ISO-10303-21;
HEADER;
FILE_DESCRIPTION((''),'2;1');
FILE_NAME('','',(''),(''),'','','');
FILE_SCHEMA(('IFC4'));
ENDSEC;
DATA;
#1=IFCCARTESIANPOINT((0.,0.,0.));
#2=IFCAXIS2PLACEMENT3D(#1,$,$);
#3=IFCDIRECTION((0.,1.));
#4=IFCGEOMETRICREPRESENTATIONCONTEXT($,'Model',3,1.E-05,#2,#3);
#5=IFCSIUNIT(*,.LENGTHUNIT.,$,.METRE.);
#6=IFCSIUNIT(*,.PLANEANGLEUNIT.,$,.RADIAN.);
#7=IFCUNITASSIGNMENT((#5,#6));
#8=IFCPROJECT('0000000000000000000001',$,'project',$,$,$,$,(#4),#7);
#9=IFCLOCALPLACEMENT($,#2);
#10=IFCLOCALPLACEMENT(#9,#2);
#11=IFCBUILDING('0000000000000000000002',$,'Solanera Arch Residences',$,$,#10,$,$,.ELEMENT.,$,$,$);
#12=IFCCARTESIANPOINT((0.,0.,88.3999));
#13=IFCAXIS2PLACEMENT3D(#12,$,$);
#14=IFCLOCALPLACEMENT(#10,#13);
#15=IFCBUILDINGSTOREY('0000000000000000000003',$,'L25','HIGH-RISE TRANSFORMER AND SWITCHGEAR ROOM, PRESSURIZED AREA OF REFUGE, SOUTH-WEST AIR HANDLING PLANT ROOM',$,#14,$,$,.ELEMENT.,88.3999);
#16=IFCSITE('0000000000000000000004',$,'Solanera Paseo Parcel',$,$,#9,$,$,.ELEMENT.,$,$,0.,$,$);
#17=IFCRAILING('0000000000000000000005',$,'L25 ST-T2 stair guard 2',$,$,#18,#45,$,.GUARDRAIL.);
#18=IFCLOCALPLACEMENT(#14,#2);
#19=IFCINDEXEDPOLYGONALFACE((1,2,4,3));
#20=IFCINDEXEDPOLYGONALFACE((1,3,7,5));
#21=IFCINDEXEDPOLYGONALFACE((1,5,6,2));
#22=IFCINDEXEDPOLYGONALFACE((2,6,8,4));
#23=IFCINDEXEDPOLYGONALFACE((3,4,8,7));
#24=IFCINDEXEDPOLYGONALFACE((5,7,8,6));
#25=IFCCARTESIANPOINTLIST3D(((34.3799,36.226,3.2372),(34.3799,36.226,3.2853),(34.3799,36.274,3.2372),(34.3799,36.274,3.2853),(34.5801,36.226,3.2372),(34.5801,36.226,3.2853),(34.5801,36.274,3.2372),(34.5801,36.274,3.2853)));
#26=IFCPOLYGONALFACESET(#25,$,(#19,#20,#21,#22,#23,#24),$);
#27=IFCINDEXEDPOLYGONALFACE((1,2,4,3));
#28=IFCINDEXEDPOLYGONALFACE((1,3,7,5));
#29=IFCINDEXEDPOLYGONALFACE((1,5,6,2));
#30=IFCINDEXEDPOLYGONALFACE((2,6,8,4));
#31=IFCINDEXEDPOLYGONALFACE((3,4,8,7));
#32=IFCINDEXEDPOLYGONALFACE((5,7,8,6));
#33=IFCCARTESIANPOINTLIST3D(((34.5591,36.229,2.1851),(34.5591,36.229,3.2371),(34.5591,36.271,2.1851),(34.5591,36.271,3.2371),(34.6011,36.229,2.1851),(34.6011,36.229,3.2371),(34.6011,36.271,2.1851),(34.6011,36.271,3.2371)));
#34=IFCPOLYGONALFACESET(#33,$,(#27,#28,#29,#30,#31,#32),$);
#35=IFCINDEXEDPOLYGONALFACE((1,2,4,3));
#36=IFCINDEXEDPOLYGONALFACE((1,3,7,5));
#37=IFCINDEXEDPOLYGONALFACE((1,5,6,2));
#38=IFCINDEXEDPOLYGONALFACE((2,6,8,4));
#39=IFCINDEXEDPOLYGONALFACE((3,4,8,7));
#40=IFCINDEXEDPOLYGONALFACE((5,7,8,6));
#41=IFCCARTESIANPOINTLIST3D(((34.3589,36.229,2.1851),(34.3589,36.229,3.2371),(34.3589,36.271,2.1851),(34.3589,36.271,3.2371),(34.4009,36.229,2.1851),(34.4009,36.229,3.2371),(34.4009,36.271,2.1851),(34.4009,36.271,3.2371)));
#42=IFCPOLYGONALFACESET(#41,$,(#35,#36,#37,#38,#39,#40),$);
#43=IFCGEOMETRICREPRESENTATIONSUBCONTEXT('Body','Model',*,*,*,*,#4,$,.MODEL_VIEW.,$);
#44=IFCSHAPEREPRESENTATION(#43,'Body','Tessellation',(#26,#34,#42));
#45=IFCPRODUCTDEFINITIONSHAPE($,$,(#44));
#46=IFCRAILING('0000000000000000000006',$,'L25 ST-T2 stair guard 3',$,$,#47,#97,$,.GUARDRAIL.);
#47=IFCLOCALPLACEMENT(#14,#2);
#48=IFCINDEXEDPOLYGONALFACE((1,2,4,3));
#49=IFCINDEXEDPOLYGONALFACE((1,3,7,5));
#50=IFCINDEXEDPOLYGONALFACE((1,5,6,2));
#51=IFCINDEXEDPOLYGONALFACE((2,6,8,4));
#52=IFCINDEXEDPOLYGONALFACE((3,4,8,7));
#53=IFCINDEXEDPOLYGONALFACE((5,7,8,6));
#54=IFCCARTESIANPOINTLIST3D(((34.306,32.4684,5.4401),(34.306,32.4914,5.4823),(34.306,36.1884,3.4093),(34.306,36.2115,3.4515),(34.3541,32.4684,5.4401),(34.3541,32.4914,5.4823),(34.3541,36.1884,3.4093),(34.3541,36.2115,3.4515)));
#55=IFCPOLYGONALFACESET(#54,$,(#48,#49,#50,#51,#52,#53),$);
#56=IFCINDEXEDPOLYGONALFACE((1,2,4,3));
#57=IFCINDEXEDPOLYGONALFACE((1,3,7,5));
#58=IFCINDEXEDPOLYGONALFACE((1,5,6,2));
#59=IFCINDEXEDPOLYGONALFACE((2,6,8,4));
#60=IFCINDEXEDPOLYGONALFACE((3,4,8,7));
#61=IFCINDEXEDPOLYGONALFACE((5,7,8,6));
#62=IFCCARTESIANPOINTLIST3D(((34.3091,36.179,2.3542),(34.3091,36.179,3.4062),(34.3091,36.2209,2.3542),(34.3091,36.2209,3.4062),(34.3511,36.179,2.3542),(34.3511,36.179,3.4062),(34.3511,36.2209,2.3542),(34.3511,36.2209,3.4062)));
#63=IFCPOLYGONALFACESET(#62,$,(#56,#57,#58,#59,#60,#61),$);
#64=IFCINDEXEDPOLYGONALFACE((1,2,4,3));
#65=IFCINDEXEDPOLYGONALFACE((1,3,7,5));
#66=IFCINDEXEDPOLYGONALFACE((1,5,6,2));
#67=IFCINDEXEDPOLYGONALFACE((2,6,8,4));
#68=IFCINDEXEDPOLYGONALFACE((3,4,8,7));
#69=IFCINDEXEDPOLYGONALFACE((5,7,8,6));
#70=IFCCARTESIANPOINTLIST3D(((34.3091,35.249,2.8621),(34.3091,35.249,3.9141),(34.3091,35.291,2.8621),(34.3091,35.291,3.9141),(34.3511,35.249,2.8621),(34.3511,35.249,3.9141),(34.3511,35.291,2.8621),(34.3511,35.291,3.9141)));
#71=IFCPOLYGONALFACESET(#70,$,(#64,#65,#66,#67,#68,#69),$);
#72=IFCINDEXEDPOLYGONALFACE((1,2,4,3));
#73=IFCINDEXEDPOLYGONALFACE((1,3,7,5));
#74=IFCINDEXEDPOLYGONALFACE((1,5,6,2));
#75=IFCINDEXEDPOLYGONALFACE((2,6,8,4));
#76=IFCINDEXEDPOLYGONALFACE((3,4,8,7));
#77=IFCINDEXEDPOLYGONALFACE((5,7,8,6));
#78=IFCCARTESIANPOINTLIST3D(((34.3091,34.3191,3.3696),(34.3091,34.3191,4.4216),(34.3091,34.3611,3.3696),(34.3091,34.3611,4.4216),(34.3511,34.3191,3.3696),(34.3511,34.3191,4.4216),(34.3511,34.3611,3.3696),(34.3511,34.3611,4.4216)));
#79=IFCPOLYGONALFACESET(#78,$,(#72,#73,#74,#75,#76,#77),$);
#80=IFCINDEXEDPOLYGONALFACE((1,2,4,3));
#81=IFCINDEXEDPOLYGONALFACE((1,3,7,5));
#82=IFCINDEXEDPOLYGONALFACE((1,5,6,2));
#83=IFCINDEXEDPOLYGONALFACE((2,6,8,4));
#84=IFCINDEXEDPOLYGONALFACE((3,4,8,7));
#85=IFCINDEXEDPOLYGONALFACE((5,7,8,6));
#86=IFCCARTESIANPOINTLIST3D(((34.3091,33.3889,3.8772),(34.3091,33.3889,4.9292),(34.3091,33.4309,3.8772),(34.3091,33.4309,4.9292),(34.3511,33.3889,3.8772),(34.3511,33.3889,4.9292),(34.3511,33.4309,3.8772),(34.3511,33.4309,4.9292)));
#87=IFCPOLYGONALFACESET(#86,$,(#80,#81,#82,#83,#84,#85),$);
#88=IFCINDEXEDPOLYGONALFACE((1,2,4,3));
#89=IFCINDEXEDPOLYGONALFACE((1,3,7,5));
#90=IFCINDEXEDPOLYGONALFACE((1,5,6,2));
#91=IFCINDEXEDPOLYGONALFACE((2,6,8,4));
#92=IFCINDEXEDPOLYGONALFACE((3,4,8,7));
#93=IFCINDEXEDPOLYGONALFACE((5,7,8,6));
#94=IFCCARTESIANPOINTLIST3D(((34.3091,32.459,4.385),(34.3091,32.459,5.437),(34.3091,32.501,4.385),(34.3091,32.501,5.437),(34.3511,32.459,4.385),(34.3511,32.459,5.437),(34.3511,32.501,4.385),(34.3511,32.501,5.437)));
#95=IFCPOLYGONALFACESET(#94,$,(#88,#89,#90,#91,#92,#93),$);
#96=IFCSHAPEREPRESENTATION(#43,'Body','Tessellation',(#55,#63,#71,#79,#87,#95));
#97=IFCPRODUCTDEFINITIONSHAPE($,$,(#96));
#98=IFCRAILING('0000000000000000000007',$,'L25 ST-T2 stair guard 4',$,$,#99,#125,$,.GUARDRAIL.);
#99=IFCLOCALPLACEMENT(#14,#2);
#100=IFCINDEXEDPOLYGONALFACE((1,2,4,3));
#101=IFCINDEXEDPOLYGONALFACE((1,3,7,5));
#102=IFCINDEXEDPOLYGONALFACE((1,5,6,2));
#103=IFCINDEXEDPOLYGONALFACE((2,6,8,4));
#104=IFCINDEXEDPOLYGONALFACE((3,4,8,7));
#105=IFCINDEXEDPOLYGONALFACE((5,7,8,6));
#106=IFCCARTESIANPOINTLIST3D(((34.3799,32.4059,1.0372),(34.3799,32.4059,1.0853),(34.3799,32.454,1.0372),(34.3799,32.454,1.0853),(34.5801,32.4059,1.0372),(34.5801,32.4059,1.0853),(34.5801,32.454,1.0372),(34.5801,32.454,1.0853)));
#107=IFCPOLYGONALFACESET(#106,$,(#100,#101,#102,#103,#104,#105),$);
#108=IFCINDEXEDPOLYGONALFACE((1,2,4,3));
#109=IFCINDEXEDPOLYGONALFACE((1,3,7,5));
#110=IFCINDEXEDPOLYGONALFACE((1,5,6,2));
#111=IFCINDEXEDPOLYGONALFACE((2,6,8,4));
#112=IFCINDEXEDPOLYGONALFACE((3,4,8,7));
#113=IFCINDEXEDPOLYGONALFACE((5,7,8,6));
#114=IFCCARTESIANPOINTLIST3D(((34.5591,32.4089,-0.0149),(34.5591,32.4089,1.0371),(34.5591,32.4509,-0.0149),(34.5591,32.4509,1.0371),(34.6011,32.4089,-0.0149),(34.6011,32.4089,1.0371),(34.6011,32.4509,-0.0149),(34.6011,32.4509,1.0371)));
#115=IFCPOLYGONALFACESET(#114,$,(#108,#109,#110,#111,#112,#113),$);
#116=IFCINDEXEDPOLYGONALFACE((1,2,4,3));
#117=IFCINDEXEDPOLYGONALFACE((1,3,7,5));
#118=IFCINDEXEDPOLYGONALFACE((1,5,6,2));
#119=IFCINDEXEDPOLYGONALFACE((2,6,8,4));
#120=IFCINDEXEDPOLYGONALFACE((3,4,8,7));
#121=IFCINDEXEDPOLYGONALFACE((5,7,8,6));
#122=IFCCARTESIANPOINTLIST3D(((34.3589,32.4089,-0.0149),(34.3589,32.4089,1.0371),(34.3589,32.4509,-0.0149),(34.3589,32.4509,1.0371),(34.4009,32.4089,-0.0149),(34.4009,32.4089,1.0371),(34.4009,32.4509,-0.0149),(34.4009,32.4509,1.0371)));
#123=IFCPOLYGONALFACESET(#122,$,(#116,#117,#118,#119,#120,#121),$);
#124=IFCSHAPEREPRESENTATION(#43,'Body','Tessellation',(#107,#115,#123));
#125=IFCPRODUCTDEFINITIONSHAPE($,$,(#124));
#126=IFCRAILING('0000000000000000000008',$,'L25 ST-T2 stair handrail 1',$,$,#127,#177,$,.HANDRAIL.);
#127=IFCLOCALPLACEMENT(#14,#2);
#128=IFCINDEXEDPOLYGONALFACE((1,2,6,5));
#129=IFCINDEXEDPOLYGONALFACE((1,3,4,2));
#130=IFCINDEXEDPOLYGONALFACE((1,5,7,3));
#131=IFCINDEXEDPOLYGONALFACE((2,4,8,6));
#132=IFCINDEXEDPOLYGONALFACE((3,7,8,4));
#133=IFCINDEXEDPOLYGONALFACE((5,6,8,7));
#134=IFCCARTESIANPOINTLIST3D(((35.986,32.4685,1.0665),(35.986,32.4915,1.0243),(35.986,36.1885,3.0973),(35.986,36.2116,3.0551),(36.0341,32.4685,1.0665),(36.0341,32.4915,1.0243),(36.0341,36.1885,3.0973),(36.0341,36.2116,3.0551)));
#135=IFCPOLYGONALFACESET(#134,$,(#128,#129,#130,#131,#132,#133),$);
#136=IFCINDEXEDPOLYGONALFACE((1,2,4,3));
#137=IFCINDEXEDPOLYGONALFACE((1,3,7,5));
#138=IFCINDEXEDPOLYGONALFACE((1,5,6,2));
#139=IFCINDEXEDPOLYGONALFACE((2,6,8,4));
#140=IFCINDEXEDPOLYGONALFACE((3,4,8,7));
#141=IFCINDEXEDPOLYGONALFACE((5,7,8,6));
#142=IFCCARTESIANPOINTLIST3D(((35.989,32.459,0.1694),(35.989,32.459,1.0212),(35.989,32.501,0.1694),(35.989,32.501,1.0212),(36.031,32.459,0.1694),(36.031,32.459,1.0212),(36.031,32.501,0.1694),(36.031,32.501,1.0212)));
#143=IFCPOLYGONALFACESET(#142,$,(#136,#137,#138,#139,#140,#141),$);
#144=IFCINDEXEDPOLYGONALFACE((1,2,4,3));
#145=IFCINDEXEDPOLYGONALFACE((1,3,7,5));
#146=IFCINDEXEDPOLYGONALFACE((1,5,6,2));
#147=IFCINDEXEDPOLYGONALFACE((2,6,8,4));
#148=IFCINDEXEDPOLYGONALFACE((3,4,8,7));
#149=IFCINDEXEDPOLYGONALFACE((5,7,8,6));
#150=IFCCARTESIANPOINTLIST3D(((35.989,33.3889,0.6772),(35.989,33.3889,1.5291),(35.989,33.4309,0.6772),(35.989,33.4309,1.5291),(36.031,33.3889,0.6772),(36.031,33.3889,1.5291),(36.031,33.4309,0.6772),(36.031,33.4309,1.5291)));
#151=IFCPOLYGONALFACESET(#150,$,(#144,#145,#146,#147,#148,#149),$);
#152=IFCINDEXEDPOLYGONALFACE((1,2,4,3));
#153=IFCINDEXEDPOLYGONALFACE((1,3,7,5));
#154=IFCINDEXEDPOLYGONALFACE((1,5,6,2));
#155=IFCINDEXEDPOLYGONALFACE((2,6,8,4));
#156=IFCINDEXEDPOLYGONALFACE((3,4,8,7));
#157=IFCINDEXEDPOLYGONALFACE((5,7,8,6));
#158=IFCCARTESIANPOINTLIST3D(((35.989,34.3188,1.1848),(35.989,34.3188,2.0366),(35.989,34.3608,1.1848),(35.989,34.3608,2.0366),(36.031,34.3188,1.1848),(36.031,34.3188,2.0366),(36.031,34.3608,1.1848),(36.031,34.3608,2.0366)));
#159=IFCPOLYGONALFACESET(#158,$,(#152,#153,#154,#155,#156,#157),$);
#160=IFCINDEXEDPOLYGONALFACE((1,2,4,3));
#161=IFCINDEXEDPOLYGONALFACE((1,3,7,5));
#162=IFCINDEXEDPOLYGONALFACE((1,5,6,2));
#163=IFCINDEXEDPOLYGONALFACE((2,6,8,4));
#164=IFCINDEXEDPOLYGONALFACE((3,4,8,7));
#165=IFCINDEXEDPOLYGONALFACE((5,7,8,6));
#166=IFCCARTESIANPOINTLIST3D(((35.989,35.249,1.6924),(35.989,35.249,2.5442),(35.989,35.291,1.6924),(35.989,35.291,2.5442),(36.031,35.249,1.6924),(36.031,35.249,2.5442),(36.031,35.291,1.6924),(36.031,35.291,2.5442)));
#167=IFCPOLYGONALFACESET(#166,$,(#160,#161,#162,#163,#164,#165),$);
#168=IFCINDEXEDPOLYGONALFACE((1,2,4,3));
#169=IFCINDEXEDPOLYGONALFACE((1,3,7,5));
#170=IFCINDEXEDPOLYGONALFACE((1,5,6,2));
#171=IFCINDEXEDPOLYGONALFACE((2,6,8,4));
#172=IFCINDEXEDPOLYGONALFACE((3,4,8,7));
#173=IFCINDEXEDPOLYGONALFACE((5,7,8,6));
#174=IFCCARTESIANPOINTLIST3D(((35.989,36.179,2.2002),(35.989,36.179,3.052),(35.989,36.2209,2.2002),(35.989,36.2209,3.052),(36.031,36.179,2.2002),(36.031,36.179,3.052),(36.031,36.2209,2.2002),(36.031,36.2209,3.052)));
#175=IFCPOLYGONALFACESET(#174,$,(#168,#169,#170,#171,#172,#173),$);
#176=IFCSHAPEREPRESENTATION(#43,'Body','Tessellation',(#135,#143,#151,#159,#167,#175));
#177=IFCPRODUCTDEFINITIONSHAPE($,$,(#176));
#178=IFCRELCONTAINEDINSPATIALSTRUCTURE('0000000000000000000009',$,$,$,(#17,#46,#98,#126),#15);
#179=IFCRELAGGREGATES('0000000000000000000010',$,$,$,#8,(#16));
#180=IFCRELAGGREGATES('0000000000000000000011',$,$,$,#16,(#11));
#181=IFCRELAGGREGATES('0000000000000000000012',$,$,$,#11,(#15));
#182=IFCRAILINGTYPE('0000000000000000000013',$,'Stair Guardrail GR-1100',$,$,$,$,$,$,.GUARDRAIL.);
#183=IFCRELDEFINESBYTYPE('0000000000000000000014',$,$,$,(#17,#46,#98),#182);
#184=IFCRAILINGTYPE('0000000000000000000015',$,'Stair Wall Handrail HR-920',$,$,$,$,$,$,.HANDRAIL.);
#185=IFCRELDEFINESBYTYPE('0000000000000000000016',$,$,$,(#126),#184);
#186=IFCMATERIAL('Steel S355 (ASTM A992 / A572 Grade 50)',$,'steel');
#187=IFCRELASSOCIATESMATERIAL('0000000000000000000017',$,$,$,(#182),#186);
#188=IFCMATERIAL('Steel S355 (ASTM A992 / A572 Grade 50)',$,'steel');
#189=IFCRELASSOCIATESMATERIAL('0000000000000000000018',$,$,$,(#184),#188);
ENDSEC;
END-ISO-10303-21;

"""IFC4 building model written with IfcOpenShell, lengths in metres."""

from ifc_helpers import new_model, si_unit, direction, frame, origin, origin_2d, place, context, subcontext, project, spatial, rectangle, extrude, material, type_object, element, save


model = new_model("IFC4")

# Units and contexts
model_context = context("Model", 3, precision=1e-05, world=origin(), true_north=direction((0.0, 1.0)))
body_context = subcontext(model_context, "Body", "Model", "MODEL_VIEW")
ifc_project = project(units=[si_unit("LENGTHUNIT", "METRE"), si_unit("PLANEANGLEUNIT", "RADIAN")], contexts=[model_context])

# Site, building, storey
site_placement = place(None, origin())
site = spatial("IfcSite", under=ifc_project, at=site_placement, Name="Solanera Paseo Parcel", CompositionType="ELEMENT", RefElevation=0.0)
building_placement = place(site_placement, origin())
building = spatial("IfcBuilding", under=site, at=building_placement, Name="Solanera Arch Residences", CompositionType="ELEMENT")
storey_placement = place(building_placement, frame((0.0, 0.0, 88.3999)))
storey = spatial("IfcBuildingStorey", under=building, at=storey_placement, Name="L25", Description="HIGH-RISE TRANSFORMER AND SWITCHGEAR ROOM, PRESSURIZED AREA OF REFUGE, SOUTH-WEST AIR HANDLING PLANT ROOM", CompositionType="ELEMENT", Elevation=88.3999)

# Railings
ifc_material_1 = material(Name="Steel S355 (ASTM A992 / A572 Grade 50)", Category="steel")
railing_type_1 = type_object("IfcRailingType", Name="Stair Guardrail GR-1100", PredefinedType="GUARDRAIL", material=ifc_material_1)
railing_1_placement = place(storey_placement, frame((34.5801, 36.25, 2.1851)))
element("IfcRailing", 1, at=railing_1_placement, inside=storey, type_object=railing_type_1, Name="L25 ST-T2 stair guard 2", PredefinedType="GUARDRAIL", context=body_context, shape_type="SweptSolid", body=[
    extrude(rectangle(XDim=0.0481, YDim=0.0481, at=origin_2d()), frame((0.0, 0.0, 1.0762), z_axis=(-1.0, 0.0, 0.0), x_axis=(0.0, -1.0, 0.0)), (0.0, 0.0, 1.0), 0.2002),
    extrude(rectangle(XDim=0.042, YDim=0.042, at=origin_2d()), origin(), (0.0, 0.0, 1.0), 1.052),
    extrude(rectangle(XDim=0.042, YDim=0.042, at=origin_2d()), frame((-0.2002, 0.0, 0.0)), (0.0, 0.0, 1.0), 1.052),
])
railing_2_placement = place(storey_placement, frame((34.3301, 36.2, 2.3542)))
element("IfcRailing", 2, at=railing_2_placement, inside=storey, type_object=railing_type_1, Name="L25 ST-T2 stair guard 3", PredefinedType="GUARDRAIL", context=body_context, shape_type="SweptSolid", body=[
    extrude(rectangle(XDim=0.0481, YDim=0.0481, at=origin_2d()), frame((0.0, 0.0, 1.0762), z_axis=(0.0, -0.877728, 0.479159), x_axis=(1.0, 0.0, 0.0)), (0.0, 0.0, 1.0), 4.2383),
    extrude(rectangle(XDim=0.042, YDim=0.042, at=origin_2d()), origin(), (0.0, 0.0, 1.0), 1.052),
    extrude(rectangle(XDim=0.042, YDim=0.042, at=origin_2d()), frame((0.0, -0.9299, 0.5078)), (0.0, 0.0, 1.0), 1.052),
    extrude(rectangle(XDim=0.042, YDim=0.042, at=origin_2d()), frame((0.0, -1.8599, 1.0154)), (0.0, 0.0, 1.0), 1.052),
    extrude(rectangle(XDim=0.042, YDim=0.042, at=origin_2d()), frame((0.0, -2.79, 1.5229)), (0.0, 0.0, 1.0), 1.052),
    extrude(rectangle(XDim=0.042, YDim=0.042, at=origin_2d()), frame((0.0, -3.72, 2.0308)), (0.0, 0.0, 1.0), 1.052),
])
railing_3_placement = place(storey_placement, frame((34.5801, 32.4299, -0.0149)))
element("IfcRailing", 3, at=railing_3_placement, inside=storey, type_object=railing_type_1, Name="L25 ST-T2 stair guard 4", PredefinedType="GUARDRAIL", context=body_context, shape_type="SweptSolid", body=[
    extrude(rectangle(XDim=0.0481, YDim=0.0481, at=origin_2d()), frame((0.0, 0.0, 1.0762), z_axis=(-1.0, 0.0, 0.0), x_axis=(0.0, -1.0, 0.0)), (0.0, 0.0, 1.0), 0.2002),
    extrude(rectangle(XDim=0.042, YDim=0.042, at=origin_2d()), origin(), (0.0, 0.0, 1.0), 1.052),
    extrude(rectangle(XDim=0.042, YDim=0.042, at=origin_2d()), frame((-0.2002, 0.0, 0.0)), (0.0, 0.0, 1.0), 1.052),
])
ifc_material_2 = material(Name="Steel S355 (ASTM A992 / A572 Grade 50)", Category="steel")
railing_type_2 = type_object("IfcRailingType", Name="Stair Wall Handrail HR-920", PredefinedType="HANDRAIL", material=ifc_material_2)
railing_4_placement = place(storey_placement, frame((36.01, 32.48, 0.1694)))
element("IfcRailing", 4, at=railing_4_placement, inside=storey, type_object=railing_type_2, Name="L25 ST-T2 stair handrail 1", PredefinedType="HANDRAIL", context=body_context, shape_type="SweptSolid", body=[
    extrude(rectangle(XDim=0.0481, YDim=0.0481, at=origin_2d()), frame((0.0, 0.0, 0.876), z_axis=(0.0, 0.877728, 0.479159), x_axis=(-1.0, 0.0, 0.0)), (0.0, 0.0, 1.0), 4.2383),
    extrude(rectangle(XDim=0.042, YDim=0.042, at=origin_2d()), origin(), (0.0, 0.0, 1.0), 0.8518),
    extrude(rectangle(XDim=0.042, YDim=0.042, at=origin_2d()), frame((0.0, 0.9299, 0.5078)), (0.0, 0.0, 1.0), 0.8518),
    extrude(rectangle(XDim=0.042, YDim=0.042, at=origin_2d()), frame((0.0, 1.8599, 1.0154)), (0.0, 0.0, 1.0), 0.8518),
    extrude(rectangle(XDim=0.042, YDim=0.042, at=origin_2d()), frame((0.0, 2.79, 1.5229)), (0.0, 0.0, 1.0), 0.8518),
    extrude(rectangle(XDim=0.042, YDim=0.042, at=origin_2d()), frame((0.0, 3.72, 2.0308)), (0.0, 0.0, 1.0), 0.8518),
])

save(model, "model.ifc")
